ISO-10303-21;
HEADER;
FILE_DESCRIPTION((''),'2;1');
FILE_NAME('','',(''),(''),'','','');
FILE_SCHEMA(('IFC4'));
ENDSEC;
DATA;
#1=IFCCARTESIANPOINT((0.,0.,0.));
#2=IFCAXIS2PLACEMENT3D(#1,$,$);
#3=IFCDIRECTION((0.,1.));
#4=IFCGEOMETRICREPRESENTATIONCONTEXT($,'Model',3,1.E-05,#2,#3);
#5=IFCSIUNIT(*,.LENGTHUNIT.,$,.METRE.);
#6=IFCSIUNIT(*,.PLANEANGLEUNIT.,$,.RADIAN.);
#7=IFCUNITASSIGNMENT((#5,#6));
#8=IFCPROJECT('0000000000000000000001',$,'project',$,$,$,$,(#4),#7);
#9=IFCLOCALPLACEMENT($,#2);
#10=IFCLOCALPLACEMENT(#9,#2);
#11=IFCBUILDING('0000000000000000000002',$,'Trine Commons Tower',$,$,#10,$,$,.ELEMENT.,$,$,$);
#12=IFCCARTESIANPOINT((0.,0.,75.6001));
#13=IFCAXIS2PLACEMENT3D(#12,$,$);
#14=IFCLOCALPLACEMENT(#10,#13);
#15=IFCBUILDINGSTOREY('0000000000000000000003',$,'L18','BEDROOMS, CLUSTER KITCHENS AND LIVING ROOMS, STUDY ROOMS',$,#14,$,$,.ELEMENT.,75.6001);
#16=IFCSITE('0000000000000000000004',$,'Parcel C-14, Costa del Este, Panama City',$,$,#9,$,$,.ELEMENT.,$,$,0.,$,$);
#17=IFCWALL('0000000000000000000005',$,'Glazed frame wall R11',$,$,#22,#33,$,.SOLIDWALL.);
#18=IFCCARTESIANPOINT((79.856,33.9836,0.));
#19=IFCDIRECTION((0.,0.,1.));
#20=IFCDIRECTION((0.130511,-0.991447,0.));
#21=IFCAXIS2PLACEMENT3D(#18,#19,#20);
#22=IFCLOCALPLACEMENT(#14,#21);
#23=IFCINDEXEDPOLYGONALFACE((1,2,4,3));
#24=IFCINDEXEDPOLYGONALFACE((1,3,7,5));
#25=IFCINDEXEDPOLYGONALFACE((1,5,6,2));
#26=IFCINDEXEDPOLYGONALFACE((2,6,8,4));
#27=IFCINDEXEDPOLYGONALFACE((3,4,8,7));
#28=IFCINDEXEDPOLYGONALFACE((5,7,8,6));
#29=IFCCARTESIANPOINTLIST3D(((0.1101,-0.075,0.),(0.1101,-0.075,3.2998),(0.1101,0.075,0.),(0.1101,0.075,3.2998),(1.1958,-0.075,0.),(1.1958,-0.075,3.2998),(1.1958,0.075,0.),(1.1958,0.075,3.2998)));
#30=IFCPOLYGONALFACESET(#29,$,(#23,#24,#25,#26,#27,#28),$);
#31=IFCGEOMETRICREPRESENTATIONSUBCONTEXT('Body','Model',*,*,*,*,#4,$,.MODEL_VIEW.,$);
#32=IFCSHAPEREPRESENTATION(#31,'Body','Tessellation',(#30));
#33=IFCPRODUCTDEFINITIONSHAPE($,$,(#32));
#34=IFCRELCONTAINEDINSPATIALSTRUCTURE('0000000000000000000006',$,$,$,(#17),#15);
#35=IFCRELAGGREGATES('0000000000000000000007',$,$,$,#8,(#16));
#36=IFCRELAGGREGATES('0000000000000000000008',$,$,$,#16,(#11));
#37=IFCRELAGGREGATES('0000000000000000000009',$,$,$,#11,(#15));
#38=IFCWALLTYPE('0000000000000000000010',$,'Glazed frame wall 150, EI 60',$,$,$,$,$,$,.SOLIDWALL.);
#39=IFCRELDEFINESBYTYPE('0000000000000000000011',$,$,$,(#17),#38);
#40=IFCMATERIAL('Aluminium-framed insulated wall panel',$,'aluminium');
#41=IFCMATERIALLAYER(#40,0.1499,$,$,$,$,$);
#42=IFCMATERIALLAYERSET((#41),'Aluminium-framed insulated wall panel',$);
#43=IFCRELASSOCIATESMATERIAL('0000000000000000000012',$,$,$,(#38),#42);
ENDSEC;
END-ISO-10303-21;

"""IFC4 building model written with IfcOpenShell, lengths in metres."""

from ifc_helpers import new_model, si_unit, direction, frame, origin, place, context, subcontext, project, spatial, polyline, outline, extrude, material, layer, layer_set, type_object, element, save


model = new_model("IFC4")

# Units and contexts
model_context = context("Model", 3, precision=1e-05, world=origin(), true_north=direction((0.0, 1.0)))
body_context = subcontext(model_context, "Body", "Model", "MODEL_VIEW")
ifc_project = project(units=[si_unit("LENGTHUNIT", "METRE"), si_unit("PLANEANGLEUNIT", "RADIAN")], contexts=[model_context])

# Site, building, storey
site_placement = place(None, origin())
site = spatial("IfcSite", under=ifc_project, at=site_placement, Name="Parcel C-14, Costa del Este, Panama City", CompositionType="ELEMENT", RefElevation=0.0)
building_placement = place(site_placement, origin())
building = spatial("IfcBuilding", under=site, at=building_placement, Name="Trine Commons Tower", CompositionType="ELEMENT")
storey_placement = place(building_placement, frame((0.0, 0.0, 75.6001)))
storey = spatial("IfcBuildingStorey", under=building, at=storey_placement, Name="L18", Description="BEDROOMS, CLUSTER KITCHENS AND LIVING ROOMS, STUDY ROOMS", CompositionType="ELEMENT", Elevation=75.6001)

# Shared definitions
ifc_material_1 = material(Name="Aluminium-framed insulated wall panel", Category="aluminium")
ifc_layer_1 = layer(ifc_material_1, 0.1499)
ifc_layer_set_1 = layer_set([ifc_layer_1], Name="Aluminium-framed insulated wall panel")
wall_type_1 = type_object("IfcWallType", Name="Glazed frame wall 150, EI 60", PredefinedType="SOLIDWALL", material=ifc_layer_set_1)

# Wall
wall_1_placement = place(storey_placement, frame((79.856, 33.9836, 0.0), z_axis=(0.0, 0.0, 1.0), x_axis=(0.130511, -0.991447, 0.0)))
element("IfcWall", 1, at=wall_1_placement, inside=storey, type_object=wall_type_1, Name="Glazed frame wall R11", PredefinedType="SOLIDWALL", context=body_context, shape_type="SweptSolid", body=[
    extrude(outline(polyline([(0.1101, 0.075), (0.1101, -0.075), (1.1958, -0.075), (1.1958, 0.075), (0.1101, 0.075)])), origin(), (0.0, 0.0, 1.0), 3.2998),
])

save(model, "model.ifc")
